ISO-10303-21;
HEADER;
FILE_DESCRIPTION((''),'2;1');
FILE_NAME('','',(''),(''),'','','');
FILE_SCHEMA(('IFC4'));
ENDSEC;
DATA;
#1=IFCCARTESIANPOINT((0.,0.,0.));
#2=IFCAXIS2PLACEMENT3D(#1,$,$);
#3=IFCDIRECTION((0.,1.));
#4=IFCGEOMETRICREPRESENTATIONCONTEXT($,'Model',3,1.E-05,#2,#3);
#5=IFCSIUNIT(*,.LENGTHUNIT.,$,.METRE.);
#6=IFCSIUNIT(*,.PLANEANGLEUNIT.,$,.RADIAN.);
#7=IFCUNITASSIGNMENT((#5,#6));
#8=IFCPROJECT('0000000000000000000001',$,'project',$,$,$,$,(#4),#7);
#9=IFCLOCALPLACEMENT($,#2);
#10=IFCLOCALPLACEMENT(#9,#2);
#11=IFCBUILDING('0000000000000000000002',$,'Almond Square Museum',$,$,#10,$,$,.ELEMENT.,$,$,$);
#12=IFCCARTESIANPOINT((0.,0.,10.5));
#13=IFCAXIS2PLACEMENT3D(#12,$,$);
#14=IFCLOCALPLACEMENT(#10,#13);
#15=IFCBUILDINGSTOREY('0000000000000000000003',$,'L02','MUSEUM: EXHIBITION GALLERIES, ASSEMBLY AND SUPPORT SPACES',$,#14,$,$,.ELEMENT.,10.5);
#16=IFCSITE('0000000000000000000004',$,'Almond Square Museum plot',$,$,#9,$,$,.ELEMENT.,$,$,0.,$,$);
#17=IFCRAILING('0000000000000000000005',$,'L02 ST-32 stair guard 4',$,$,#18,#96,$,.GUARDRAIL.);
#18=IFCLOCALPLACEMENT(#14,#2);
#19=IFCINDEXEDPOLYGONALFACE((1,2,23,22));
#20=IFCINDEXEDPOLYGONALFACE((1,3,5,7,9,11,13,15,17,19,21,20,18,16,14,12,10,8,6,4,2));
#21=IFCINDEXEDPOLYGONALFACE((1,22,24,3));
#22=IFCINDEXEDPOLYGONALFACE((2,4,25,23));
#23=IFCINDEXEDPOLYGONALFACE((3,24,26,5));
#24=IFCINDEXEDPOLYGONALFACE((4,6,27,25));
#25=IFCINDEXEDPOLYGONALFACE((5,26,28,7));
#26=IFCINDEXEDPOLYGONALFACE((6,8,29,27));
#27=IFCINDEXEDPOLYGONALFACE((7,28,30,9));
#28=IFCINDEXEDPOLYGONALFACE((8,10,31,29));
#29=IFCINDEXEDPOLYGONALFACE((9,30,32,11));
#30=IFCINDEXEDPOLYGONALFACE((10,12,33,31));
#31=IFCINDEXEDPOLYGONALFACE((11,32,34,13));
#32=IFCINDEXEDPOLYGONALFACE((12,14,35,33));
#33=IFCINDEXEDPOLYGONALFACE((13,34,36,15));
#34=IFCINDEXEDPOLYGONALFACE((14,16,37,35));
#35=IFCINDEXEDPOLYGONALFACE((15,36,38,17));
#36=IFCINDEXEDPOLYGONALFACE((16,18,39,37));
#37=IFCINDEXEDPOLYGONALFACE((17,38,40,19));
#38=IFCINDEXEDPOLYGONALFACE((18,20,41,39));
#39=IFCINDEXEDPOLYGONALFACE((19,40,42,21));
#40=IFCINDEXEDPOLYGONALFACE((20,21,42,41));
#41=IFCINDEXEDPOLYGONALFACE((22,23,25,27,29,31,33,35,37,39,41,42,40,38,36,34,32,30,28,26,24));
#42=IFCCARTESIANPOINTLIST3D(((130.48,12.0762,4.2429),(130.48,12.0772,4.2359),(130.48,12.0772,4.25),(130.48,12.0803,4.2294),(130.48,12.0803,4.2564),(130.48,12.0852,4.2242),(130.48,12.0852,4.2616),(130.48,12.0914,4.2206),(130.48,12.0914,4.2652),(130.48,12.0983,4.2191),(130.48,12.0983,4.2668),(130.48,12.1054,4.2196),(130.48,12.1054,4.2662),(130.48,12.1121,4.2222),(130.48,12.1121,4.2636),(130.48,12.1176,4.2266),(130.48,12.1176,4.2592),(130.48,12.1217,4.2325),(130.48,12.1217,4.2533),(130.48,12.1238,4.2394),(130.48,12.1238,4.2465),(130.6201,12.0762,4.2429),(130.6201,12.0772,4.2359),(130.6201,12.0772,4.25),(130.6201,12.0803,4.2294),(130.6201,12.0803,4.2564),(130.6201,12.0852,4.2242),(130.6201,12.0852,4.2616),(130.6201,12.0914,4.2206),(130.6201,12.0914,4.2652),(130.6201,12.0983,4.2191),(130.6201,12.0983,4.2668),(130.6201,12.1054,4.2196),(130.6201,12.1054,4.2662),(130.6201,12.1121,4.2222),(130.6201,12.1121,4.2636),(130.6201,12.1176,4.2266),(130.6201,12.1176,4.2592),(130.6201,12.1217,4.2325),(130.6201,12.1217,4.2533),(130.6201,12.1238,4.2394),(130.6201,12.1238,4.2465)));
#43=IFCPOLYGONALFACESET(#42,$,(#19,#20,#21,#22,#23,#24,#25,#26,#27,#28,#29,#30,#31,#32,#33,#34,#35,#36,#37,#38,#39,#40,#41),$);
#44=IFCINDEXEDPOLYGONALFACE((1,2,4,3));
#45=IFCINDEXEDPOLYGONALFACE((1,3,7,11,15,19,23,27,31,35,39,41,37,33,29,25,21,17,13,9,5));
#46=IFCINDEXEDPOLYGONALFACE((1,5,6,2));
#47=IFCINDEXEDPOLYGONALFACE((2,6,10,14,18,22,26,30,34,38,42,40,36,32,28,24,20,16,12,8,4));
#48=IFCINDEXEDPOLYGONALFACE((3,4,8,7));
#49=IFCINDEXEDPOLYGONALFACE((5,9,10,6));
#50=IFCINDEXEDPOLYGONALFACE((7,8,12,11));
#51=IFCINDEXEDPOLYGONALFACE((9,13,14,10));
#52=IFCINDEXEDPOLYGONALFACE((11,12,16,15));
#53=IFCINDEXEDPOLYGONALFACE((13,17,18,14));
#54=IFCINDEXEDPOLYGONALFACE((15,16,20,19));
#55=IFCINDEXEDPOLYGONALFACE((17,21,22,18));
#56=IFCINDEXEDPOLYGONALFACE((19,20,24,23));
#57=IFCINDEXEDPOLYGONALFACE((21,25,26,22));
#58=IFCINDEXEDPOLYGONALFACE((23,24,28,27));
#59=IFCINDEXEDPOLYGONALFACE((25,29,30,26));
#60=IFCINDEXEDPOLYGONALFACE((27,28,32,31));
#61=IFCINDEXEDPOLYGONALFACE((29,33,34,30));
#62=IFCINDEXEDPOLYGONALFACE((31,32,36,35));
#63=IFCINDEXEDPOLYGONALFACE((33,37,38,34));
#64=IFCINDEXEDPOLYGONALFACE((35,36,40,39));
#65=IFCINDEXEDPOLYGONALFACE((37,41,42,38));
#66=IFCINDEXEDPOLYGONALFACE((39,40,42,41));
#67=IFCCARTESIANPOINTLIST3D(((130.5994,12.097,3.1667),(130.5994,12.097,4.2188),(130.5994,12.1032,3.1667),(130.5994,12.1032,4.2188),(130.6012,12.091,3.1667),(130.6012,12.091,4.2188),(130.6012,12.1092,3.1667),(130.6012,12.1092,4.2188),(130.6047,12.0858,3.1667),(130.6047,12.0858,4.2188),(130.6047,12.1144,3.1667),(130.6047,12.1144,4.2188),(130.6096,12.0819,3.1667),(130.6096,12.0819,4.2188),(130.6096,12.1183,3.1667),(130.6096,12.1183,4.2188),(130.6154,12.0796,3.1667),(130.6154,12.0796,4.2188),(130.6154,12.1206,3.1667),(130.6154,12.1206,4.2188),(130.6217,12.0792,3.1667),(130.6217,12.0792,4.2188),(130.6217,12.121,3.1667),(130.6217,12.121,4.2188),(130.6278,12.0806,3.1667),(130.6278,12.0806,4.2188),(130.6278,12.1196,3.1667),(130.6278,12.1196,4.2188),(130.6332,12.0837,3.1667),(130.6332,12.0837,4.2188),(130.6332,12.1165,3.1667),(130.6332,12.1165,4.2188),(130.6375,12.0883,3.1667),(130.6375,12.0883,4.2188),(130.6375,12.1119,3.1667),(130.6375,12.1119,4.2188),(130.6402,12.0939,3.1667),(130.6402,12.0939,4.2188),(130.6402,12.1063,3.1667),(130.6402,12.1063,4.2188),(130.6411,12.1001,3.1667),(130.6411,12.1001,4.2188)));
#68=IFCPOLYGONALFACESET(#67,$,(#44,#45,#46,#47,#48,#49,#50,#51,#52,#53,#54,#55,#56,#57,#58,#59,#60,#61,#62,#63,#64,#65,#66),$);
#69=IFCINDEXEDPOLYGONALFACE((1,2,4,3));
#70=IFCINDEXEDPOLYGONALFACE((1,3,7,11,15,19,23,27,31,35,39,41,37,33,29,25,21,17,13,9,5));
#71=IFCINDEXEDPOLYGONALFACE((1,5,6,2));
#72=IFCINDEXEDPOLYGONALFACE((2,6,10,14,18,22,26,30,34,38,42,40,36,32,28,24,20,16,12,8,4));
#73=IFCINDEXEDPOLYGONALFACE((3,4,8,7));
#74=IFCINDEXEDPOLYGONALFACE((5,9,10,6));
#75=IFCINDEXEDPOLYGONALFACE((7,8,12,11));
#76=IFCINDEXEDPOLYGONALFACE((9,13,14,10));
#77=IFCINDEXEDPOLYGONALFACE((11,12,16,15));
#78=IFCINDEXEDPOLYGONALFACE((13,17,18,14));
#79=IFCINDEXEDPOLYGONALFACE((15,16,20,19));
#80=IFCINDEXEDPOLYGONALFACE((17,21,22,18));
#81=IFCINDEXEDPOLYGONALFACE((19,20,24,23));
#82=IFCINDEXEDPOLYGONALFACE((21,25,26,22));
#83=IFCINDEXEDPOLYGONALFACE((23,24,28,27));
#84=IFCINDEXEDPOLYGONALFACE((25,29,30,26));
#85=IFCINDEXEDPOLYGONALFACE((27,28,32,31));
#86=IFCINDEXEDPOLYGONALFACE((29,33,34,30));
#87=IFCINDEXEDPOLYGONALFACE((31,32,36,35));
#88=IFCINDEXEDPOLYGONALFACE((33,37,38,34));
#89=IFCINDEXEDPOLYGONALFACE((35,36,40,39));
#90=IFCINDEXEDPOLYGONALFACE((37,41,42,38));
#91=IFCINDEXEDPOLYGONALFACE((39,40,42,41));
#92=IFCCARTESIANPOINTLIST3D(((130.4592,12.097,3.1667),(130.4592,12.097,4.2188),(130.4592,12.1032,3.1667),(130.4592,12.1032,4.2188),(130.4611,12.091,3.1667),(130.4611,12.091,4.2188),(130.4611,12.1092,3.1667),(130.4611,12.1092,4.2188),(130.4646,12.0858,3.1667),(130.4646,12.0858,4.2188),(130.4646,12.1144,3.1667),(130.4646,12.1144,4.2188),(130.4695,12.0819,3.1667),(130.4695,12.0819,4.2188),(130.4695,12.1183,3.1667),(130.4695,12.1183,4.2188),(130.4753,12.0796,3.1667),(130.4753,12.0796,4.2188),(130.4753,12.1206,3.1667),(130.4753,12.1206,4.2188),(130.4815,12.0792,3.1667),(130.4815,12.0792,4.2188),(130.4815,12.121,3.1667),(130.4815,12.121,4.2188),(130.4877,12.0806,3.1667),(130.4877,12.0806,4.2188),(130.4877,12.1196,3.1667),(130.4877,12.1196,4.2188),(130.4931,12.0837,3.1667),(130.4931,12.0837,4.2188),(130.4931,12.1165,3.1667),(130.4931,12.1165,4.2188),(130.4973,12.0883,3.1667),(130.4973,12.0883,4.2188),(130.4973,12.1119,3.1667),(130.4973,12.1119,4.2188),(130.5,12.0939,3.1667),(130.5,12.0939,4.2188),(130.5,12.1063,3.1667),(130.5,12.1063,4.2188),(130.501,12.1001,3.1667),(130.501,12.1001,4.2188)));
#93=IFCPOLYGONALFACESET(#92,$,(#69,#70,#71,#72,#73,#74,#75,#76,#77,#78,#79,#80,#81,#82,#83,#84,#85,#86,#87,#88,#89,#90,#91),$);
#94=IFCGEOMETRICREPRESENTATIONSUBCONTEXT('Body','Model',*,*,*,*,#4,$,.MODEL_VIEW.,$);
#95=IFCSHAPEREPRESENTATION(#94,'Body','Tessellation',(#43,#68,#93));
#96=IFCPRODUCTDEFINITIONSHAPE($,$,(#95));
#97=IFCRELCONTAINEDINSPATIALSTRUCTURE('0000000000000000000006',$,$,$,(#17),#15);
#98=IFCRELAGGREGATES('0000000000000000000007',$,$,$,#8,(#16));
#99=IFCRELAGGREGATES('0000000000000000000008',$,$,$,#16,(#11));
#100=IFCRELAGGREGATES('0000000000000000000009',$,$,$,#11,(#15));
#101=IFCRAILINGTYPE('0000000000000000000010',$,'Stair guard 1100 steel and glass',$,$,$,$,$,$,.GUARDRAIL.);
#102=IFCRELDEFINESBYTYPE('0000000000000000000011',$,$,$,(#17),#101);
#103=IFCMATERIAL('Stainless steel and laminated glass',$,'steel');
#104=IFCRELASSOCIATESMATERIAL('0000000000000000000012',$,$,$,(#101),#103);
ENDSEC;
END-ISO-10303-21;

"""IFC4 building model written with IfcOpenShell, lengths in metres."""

from ifc_helpers import new_model, si_unit, direction, frame, origin, origin_2d, place, context, subcontext, project, spatial, circle, extrude, material, type_object, element, save


model = new_model("IFC4")

# Units and contexts
model_context = context("Model", 3, precision=1e-05, world=origin(), true_north=direction((0.0, 1.0)))
body_context = subcontext(model_context, "Body", "Model", "MODEL_VIEW")
ifc_project = project(units=[si_unit("LENGTHUNIT", "METRE"), si_unit("PLANEANGLEUNIT", "RADIAN")], contexts=[model_context])

# Site, building, storey
site_placement = place(None, origin())
site = spatial("IfcSite", under=ifc_project, at=site_placement, Name="Almond Square Museum plot", CompositionType="ELEMENT", RefElevation=0.0)
building_placement = place(site_placement, origin())
building = spatial("IfcBuilding", under=site, at=building_placement, Name="Almond Square Museum", CompositionType="ELEMENT")
storey_placement = place(building_placement, frame((0.0, 0.0, 10.5)))
storey = spatial("IfcBuildingStorey", under=building, at=storey_placement, Name="L02", Description="MUSEUM: EXHIBITION GALLERIES, ASSEMBLY AND SUPPORT SPACES", CompositionType="ELEMENT", Elevation=10.5)

# Railing
ifc_material_1 = material(Name="Stainless steel and laminated glass", Category="steel")
railing_type_1 = type_object("IfcRailingType", Name="Stair guard 1100 steel and glass", PredefinedType="GUARDRAIL", material=ifc_material_1)
railing_1_placement = place(storey_placement, frame((130.6201, 12.1001, 3.1667)))
element("IfcRailing", 1, at=railing_1_placement, inside=storey, type_object=railing_type_1, Name="L02 ST-32 stair guard 4", PredefinedType="GUARDRAIL", context=body_context, shape_type="SweptSolid", body=[
    extrude(circle(Radius=0.0239, at=origin_2d()), frame((0.0, 0.0, 1.0762), z_axis=(-1.0, 0.0, 0.0), x_axis=(0.0, -1.0, 0.0)), (0.0, 0.0, 1.0), 0.1401),
    extrude(circle(Radius=0.021, at=origin_2d()), origin(), (0.0, 0.0, 1.0), 1.052),
    extrude(circle(Radius=0.021, at=origin_2d()), frame((-0.1401, 0.0, 0.0)), (0.0, 0.0, 1.0), 1.052),
])

save(model, "model.ifc")
